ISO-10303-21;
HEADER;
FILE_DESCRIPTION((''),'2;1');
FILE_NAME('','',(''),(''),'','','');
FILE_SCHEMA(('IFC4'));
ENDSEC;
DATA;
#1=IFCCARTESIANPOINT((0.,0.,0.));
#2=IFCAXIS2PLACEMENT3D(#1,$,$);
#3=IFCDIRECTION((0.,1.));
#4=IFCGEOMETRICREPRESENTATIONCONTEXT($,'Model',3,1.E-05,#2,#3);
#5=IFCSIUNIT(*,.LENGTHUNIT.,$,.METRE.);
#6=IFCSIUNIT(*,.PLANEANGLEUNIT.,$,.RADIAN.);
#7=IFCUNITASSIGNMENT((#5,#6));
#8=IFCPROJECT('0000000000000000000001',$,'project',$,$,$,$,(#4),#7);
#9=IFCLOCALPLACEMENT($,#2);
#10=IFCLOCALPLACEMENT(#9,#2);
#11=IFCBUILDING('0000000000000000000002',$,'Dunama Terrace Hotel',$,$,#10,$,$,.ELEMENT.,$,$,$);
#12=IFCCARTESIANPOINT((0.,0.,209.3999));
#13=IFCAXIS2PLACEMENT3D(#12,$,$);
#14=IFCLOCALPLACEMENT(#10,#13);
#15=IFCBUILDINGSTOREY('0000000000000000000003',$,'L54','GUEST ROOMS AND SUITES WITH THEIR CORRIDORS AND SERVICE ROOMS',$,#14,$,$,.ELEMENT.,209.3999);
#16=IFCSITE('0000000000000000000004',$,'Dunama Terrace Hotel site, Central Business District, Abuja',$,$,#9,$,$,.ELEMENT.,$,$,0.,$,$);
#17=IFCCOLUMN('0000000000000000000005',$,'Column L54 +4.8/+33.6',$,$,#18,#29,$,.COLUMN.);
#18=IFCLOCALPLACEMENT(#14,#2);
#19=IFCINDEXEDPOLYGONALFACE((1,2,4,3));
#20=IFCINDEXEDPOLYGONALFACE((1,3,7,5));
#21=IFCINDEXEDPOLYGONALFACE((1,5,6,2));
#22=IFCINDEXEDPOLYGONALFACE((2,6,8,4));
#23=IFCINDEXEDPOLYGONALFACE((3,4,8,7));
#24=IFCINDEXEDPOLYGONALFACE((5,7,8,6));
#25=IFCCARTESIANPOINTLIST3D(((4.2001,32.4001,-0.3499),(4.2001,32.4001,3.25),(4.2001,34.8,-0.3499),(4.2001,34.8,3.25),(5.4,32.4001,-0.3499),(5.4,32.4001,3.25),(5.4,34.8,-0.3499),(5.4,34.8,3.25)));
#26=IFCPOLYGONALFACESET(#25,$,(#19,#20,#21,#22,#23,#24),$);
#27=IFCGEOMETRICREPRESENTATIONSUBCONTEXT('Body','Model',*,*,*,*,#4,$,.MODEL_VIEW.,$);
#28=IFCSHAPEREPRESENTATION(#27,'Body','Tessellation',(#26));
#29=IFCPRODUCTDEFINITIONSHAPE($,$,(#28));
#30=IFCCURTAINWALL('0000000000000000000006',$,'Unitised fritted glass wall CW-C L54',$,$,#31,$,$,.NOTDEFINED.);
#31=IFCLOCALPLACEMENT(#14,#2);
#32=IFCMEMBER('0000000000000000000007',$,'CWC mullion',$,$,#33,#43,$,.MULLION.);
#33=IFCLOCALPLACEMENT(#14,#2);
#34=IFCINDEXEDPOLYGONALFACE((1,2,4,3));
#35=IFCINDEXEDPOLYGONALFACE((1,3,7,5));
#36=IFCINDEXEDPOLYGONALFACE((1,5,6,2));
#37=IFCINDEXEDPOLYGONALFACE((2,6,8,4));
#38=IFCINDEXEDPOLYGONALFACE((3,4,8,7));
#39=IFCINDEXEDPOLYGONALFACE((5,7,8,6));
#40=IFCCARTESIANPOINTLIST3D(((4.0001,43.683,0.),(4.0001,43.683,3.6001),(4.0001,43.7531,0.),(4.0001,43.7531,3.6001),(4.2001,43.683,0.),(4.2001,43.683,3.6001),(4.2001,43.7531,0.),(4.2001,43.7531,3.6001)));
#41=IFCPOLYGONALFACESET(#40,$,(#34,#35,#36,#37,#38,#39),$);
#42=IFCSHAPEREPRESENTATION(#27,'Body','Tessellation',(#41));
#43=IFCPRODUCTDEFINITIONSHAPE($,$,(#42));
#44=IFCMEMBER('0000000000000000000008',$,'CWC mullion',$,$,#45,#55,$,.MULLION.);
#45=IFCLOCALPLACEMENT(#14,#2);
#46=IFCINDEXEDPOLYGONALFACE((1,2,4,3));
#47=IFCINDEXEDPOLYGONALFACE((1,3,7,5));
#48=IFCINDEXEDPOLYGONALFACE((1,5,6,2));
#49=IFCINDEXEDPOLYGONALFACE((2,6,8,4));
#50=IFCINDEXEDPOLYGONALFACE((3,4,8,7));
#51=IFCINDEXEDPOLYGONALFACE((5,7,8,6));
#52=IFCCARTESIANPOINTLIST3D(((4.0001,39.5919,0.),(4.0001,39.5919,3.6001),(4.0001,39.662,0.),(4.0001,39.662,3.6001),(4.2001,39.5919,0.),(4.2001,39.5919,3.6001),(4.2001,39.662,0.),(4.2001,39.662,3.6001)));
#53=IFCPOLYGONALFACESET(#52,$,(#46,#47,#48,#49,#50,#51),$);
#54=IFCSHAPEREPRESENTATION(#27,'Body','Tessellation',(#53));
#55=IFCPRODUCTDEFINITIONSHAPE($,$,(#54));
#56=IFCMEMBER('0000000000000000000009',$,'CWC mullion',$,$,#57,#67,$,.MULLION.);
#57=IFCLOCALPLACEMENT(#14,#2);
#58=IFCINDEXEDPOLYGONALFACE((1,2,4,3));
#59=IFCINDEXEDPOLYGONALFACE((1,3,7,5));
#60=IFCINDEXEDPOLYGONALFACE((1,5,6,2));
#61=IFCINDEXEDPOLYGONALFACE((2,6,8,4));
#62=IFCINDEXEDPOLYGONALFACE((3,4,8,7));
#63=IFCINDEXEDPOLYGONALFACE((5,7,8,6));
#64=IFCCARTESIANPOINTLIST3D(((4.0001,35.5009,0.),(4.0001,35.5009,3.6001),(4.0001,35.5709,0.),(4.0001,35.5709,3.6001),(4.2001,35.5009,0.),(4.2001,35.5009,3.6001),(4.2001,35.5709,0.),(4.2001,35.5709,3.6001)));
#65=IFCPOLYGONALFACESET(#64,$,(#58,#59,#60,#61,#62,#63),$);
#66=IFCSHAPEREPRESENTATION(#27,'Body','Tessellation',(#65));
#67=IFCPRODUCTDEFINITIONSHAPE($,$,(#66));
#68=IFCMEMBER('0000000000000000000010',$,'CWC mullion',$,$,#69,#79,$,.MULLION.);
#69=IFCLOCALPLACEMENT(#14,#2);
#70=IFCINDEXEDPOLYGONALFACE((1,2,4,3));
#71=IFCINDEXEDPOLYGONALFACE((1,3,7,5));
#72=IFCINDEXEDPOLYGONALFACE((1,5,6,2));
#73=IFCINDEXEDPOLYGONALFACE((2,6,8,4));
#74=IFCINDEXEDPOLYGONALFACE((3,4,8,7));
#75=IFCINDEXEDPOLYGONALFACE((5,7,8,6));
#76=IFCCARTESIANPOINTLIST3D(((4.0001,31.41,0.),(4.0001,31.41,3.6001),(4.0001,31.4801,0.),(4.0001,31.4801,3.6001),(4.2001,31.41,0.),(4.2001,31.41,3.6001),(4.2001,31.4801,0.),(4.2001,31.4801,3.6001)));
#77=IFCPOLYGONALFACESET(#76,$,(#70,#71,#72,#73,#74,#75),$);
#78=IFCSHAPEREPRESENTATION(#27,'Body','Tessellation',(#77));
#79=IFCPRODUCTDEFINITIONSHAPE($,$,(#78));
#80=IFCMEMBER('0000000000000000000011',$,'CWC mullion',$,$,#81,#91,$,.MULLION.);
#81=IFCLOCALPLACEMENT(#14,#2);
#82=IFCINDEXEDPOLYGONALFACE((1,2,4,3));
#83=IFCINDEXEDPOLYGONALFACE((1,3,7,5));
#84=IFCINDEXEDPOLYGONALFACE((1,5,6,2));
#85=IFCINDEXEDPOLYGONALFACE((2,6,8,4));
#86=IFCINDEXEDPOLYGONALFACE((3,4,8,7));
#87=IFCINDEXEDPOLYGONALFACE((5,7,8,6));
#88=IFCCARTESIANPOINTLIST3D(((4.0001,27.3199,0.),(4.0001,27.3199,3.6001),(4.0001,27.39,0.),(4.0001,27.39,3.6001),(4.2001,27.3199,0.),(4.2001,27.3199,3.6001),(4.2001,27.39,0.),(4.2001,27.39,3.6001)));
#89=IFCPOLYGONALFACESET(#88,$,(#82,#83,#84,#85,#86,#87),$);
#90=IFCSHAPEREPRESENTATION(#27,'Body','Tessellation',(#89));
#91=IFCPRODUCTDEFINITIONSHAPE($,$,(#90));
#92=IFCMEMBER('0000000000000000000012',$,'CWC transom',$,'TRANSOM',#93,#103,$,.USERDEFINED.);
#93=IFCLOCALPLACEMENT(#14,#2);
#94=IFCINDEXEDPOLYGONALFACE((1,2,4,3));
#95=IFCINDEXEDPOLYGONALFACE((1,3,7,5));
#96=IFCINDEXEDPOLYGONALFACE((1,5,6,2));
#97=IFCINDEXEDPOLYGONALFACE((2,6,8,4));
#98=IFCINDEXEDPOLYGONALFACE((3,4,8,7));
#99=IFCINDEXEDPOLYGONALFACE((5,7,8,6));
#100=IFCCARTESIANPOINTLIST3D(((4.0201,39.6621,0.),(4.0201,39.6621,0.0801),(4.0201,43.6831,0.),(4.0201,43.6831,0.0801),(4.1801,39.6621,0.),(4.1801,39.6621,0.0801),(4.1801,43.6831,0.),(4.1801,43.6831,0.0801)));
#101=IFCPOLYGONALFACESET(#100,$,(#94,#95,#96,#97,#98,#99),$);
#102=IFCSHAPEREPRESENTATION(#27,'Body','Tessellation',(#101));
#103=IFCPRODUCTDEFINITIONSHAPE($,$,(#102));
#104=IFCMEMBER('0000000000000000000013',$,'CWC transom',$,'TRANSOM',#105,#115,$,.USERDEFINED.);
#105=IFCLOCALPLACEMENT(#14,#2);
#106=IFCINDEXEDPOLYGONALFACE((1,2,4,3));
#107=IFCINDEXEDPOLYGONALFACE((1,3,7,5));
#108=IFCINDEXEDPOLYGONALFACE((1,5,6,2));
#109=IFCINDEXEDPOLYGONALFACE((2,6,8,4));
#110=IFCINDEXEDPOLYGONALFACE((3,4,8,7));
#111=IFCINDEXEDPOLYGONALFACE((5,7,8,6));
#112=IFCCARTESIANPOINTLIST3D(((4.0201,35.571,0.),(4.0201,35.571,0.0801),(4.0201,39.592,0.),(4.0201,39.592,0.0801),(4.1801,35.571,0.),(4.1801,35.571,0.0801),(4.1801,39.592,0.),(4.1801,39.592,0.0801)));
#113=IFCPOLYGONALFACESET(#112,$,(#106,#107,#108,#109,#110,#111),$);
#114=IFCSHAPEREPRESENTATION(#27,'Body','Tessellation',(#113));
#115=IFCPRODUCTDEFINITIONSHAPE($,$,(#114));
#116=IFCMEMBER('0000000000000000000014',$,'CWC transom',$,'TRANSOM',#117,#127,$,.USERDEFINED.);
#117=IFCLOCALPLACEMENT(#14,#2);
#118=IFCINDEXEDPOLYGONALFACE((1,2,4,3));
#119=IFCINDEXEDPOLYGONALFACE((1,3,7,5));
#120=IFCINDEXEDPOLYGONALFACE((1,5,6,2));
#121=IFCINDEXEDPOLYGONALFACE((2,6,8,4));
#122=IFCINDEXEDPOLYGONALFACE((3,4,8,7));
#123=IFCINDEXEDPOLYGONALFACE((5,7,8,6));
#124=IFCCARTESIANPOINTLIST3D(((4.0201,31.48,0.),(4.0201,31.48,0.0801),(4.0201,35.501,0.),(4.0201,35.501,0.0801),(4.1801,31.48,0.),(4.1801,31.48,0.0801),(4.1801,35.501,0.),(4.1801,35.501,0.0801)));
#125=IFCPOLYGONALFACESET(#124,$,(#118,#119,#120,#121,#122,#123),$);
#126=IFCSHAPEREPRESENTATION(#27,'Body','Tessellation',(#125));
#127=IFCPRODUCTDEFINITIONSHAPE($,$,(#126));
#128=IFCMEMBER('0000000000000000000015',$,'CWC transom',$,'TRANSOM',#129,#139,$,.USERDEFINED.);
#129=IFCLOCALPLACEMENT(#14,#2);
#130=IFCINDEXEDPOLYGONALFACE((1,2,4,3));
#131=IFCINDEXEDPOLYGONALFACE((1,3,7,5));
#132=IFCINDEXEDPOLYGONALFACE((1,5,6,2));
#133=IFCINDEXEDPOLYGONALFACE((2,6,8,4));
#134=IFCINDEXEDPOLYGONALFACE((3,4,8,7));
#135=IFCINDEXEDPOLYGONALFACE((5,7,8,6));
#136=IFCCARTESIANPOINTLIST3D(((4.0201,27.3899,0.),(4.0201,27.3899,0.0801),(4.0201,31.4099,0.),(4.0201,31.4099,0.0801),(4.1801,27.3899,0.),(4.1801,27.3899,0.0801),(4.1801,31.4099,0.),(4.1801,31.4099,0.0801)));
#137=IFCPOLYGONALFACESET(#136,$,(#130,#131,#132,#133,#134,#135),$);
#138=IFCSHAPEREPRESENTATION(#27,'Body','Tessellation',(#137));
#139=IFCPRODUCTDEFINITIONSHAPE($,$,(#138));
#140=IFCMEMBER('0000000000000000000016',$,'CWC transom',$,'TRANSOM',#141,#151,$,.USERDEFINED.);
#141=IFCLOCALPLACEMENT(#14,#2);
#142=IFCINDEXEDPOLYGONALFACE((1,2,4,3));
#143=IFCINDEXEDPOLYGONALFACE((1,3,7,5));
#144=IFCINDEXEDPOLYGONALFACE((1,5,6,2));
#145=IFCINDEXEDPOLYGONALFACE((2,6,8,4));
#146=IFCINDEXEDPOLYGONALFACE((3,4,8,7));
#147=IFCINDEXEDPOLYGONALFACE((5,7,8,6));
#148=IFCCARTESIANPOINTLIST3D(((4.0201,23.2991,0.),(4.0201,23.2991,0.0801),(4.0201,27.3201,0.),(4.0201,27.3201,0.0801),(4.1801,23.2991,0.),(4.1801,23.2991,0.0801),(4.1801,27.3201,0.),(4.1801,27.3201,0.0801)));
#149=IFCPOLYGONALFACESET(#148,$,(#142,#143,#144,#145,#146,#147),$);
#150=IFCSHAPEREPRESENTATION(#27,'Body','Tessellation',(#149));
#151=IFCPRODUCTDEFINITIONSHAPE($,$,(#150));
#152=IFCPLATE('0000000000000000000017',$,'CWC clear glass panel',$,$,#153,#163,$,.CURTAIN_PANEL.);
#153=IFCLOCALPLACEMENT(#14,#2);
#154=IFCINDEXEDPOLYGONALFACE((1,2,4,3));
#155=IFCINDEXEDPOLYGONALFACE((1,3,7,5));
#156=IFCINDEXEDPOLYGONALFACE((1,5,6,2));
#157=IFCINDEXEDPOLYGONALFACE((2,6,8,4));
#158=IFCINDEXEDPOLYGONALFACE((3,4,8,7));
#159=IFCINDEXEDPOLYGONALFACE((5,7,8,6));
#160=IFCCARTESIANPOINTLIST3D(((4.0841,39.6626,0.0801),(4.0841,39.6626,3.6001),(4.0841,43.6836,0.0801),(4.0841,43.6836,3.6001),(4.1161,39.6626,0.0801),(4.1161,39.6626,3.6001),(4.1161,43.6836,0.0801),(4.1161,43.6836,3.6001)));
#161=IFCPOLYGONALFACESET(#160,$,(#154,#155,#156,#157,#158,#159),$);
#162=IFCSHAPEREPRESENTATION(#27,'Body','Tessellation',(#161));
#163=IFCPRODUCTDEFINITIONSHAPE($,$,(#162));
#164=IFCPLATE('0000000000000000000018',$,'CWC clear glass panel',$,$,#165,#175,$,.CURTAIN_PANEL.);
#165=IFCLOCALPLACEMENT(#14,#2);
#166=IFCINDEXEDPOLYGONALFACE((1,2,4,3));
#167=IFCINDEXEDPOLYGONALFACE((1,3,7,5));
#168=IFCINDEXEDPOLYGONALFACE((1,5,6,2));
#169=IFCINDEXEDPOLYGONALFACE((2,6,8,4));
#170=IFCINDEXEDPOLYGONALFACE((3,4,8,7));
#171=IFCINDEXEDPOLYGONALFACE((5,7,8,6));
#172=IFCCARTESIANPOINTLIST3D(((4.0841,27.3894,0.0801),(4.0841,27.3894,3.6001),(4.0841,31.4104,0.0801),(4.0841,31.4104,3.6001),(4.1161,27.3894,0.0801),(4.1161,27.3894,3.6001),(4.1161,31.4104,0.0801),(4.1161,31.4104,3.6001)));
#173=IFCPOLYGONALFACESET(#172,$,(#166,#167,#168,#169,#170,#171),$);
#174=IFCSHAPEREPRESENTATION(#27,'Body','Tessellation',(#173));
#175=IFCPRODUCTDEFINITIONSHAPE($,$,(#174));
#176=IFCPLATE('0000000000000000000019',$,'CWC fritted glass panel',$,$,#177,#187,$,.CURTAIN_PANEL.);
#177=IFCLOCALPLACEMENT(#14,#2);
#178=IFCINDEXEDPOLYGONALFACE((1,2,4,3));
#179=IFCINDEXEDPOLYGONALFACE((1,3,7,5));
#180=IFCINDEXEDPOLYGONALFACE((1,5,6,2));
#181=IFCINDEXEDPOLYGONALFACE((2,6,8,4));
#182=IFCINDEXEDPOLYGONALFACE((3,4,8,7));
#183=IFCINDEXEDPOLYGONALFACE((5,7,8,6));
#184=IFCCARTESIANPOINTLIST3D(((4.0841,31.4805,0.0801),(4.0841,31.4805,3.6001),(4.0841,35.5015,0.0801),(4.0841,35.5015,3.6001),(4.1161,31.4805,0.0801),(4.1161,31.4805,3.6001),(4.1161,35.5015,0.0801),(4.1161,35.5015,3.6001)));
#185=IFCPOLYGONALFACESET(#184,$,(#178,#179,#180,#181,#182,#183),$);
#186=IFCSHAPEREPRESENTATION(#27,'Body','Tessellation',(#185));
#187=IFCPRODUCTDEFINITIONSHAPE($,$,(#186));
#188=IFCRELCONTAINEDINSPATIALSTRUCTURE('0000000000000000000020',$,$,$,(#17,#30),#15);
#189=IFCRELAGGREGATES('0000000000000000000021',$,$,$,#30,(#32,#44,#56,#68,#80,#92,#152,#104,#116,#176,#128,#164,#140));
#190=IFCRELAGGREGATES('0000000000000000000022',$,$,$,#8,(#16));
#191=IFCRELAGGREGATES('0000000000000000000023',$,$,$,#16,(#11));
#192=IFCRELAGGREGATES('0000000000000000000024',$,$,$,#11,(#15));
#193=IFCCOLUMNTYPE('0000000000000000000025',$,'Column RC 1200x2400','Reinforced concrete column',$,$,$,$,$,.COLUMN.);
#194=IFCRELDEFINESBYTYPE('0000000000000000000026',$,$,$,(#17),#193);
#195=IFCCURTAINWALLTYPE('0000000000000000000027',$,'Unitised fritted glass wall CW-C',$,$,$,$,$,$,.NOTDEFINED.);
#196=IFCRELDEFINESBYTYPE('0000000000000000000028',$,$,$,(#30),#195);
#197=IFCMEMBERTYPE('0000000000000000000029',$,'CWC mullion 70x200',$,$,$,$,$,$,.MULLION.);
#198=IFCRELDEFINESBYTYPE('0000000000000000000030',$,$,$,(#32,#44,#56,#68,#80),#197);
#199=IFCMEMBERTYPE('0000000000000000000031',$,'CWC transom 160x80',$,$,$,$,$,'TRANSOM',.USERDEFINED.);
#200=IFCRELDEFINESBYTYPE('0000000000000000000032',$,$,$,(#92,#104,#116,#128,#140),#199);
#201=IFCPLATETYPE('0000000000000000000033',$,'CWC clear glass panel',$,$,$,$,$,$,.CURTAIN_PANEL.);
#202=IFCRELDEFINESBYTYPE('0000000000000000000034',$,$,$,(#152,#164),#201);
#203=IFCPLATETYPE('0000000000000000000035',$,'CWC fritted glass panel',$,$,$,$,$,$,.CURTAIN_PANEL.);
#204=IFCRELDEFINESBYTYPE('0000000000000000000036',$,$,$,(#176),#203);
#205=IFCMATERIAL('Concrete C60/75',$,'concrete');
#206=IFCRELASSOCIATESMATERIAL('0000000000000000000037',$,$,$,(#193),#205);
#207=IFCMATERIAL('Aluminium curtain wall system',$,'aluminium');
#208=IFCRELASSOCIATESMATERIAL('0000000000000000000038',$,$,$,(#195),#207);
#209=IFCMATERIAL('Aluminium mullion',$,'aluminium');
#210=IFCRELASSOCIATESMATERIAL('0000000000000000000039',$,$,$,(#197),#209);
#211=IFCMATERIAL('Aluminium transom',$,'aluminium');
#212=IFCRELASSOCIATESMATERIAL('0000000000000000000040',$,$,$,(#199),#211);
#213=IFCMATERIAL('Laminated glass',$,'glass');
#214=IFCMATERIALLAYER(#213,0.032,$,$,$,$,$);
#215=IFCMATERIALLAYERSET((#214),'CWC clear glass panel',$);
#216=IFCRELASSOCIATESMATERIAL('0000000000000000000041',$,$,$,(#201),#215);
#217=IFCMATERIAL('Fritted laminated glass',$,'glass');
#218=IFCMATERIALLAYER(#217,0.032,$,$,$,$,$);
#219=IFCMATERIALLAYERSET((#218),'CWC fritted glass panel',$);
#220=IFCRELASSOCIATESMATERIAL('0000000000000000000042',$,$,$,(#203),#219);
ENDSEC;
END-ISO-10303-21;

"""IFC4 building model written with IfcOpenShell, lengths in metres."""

from ifc_helpers import new_model, si_unit, direction, frame, origin, origin_2d, place, context, subcontext, project, spatial, rectangle, extrude, material, layer, layer_set, material_profile, profile_set, type_object, element, aggregate, save


model = new_model("IFC4")

# Units and contexts
model_context = context("Model", 3, precision=1e-05, world=origin(), true_north=direction((0.0, 1.0)))
body_context = subcontext(model_context, "Body", "Model", "MODEL_VIEW")
ifc_project = project(units=[si_unit("LENGTHUNIT", "METRE"), si_unit("PLANEANGLEUNIT", "RADIAN")], contexts=[model_context])

# Site, building, storey
site_placement = place(None, origin())
site = spatial("IfcSite", under=ifc_project, at=site_placement, Name="Dunama Terrace Hotel site, Central Business District, Abuja", CompositionType="ELEMENT", RefElevation=0.0)
building_placement = place(site_placement, origin())
building = spatial("IfcBuilding", under=site, at=building_placement, Name="Dunama Terrace Hotel", CompositionType="ELEMENT")
storey_placement = place(building_placement, frame((0.0, 0.0, 209.3999)))
storey = spatial("IfcBuildingStorey", under=building, at=storey_placement, Name="L54", Description="GUEST ROOMS AND SUITES WITH THEIR CORRIDORS AND SERVICE ROOMS", CompositionType="ELEMENT", Elevation=209.3999)

# Column
ifc_material_1 = material(Name="Concrete C60/75", Category="concrete")
ifc_material_profile_1 = material_profile(ifc_material_1, rectangle(XDim=1.2, YDim=2.3999, at=origin_2d()), Name="RC 1200x2400")
ifc_profile_set_1 = profile_set([ifc_material_profile_1], Name="Concrete C60/75")
column_type = type_object("IfcColumnType", Name="Column RC 1200x2400", Description="Reinforced concrete column", PredefinedType="COLUMN", material=ifc_profile_set_1)
column_placement = place(storey_placement, frame((4.8, 33.6001, -0.3499), z_axis=(0.0, 0.0, 1.0), x_axis=(1.0, 0.0, 0.0)))
element("IfcColumn", 1, at=column_placement, inside=storey, type_object=column_type, Name="Column L54 +4.8/+33.6", PredefinedType="COLUMN", context=body_context, shape_type="SweptSolid", body=[
    extrude(rectangle(XDim=1.2, YDim=2.3999, at=origin_2d()), origin(), (0.0, 0.0, 1.0), 3.5999),
])

# Curtain wall, members, plates
ifc_material_2 = material(Name="Aluminium curtain wall system", Category="aluminium")
curtain_wall_type = type_object("IfcCurtainWallType", Name="Unitised fritted glass wall CW-C", PredefinedType="NOTDEFINED", material=ifc_material_2)
curtain_wall_placement = place(storey_placement, origin())
curtain_wall = element("IfcCurtainWall", 2, at=curtain_wall_placement, inside=storey, type_object=curtain_wall_type, Name="Unitised fritted glass wall CW-C L54", PredefinedType="NOTDEFINED")
ifc_material_3 = material(Name="Aluminium mullion", Category="aluminium")
ifc_material_profile_2 = material_profile(ifc_material_3, rectangle(XDim=0.0701, YDim=0.2, at=origin_2d()), Name="CWC MULLION 70X200")
ifc_profile_set_2 = profile_set([ifc_material_profile_2], Name="Aluminium mullion")
member_type_1 = type_object("IfcMemberType", Name="CWC mullion 70x200", PredefinedType="MULLION", material=ifc_profile_set_2)
member_1_placement = place(storey_placement, frame((4.1001, 43.718, 0.0), z_axis=(0.0, 0.0, 1.0), x_axis=(0.0, -1.0, 0.0)))
member_1 = element("IfcMember", 3, at=member_1_placement, type_object=member_type_1, Name="CWC mullion", PredefinedType="MULLION", context=body_context, shape_type="SweptSolid", body=[
    extrude(rectangle(XDim=0.0701, YDim=0.2, at=origin_2d()), origin(), (0.0, 0.0, 1.0), 3.6001),
])
member_2_placement = place(storey_placement, frame((4.1001, 39.627, 0.0), z_axis=(0.0, 0.0, 1.0), x_axis=(0.0, -1.0, 0.0)))
member_2 = element("IfcMember", 4, at=member_2_placement, type_object=member_type_1, Name="CWC mullion", PredefinedType="MULLION", context=body_context, shape_type="SweptSolid", body=[
    extrude(rectangle(XDim=0.0701, YDim=0.2, at=origin_2d()), origin(), (0.0, 0.0, 1.0), 3.6001),
])
member_3_placement = place(storey_placement, frame((4.1001, 35.5359, 0.0), z_axis=(0.0, 0.0, 1.0), x_axis=(0.0, -1.0, 0.0)))
member_3 = element("IfcMember", 5, at=member_3_placement, type_object=member_type_1, Name="CWC mullion", PredefinedType="MULLION", context=body_context, shape_type="SweptSolid", body=[
    extrude(rectangle(XDim=0.0701, YDim=0.2, at=origin_2d()), origin(), (0.0, 0.0, 1.0), 3.6001),
])
member_4_placement = place(storey_placement, frame((4.1001, 31.4451, 0.0), z_axis=(0.0, 0.0, 1.0), x_axis=(0.0, -1.0, 0.0)))
member_4 = element("IfcMember", 6, at=member_4_placement, type_object=member_type_1, Name="CWC mullion", PredefinedType="MULLION", context=body_context, shape_type="SweptSolid", body=[
    extrude(rectangle(XDim=0.0701, YDim=0.2, at=origin_2d()), origin(), (0.0, 0.0, 1.0), 3.6001),
])
member_5_placement = place(storey_placement, frame((4.1001, 27.355, 0.0), z_axis=(0.0, 0.0, 1.0), x_axis=(0.0, -1.0, 0.0)))
member_5 = element("IfcMember", 7, at=member_5_placement, type_object=member_type_1, Name="CWC mullion", PredefinedType="MULLION", context=body_context, shape_type="SweptSolid", body=[
    extrude(rectangle(XDim=0.0701, YDim=0.2, at=origin_2d()), origin(), (0.0, 0.0, 1.0), 3.6001),
])
ifc_material_4 = material(Name="Aluminium transom", Category="aluminium")
ifc_material_profile_3 = material_profile(ifc_material_4, rectangle(XDim=0.1599, YDim=0.0801, at=origin_2d()), Name="CWC TRANSOM 160X80")
ifc_profile_set_3 = profile_set([ifc_material_profile_3], Name="Aluminium transom")
member_type_2 = type_object("IfcMemberType", Name="CWC transom 160x80", ElementType="TRANSOM", PredefinedType="USERDEFINED", material=ifc_profile_set_3)
member_6_placement = place(storey_placement, frame((4.1001, 43.6831, 0.04), z_axis=(0.0, -1.0, 0.0), x_axis=(1.0, 0.0, 0.0)))
member_6 = element("IfcMember", 8, at=member_6_placement, type_object=member_type_2, Name="CWC transom", ObjectType="TRANSOM", PredefinedType="USERDEFINED", context=body_context, shape_type="SweptSolid", body=[
    extrude(rectangle(XDim=0.1599, YDim=0.0801, at=origin_2d()), origin(), (0.0, 0.0, 1.0), 4.021),
])
member_7_placement = place(storey_placement, frame((4.1001, 39.592, 0.04), z_axis=(0.0, -1.0, 0.0), x_axis=(1.0, 0.0, 0.0)))
member_7 = element("IfcMember", 9, at=member_7_placement, type_object=member_type_2, Name="CWC transom", ObjectType="TRANSOM", PredefinedType="USERDEFINED", context=body_context, shape_type="SweptSolid", body=[
    extrude(rectangle(XDim=0.1599, YDim=0.0801, at=origin_2d()), origin(), (0.0, 0.0, 1.0), 4.021),
])
member_8_placement = place(storey_placement, frame((4.1001, 35.501, 0.04), z_axis=(0.0, -1.0, 0.0), x_axis=(1.0, 0.0, 0.0)))
member_8 = element("IfcMember", 10, at=member_8_placement, type_object=member_type_2, Name="CWC transom", ObjectType="TRANSOM", PredefinedType="USERDEFINED", context=body_context, shape_type="SweptSolid", body=[
    extrude(rectangle(XDim=0.1599, YDim=0.0801, at=origin_2d()), origin(), (0.0, 0.0, 1.0), 4.021),
])
member_9_placement = place(storey_placement, frame((4.1001, 31.4099, 0.04), z_axis=(0.0, -1.0, 0.0), x_axis=(1.0, 0.0, 0.0)))
member_9 = element("IfcMember", 11, at=member_9_placement, type_object=member_type_2, Name="CWC transom", ObjectType="TRANSOM", PredefinedType="USERDEFINED", context=body_context, shape_type="SweptSolid", body=[
    extrude(rectangle(XDim=0.1599, YDim=0.0801, at=origin_2d()), origin(), (0.0, 0.0, 1.0), 4.02),
])
member_10_placement = place(storey_placement, frame((4.1001, 27.3201, 0.04), z_axis=(0.0, -1.0, 0.0), x_axis=(1.0, 0.0, 0.0)))
member_10 = element("IfcMember", 12, at=member_10_placement, type_object=member_type_2, Name="CWC transom", ObjectType="TRANSOM", PredefinedType="USERDEFINED", context=body_context, shape_type="SweptSolid", body=[
    extrude(rectangle(XDim=0.1599, YDim=0.0801, at=origin_2d()), origin(), (0.0, 0.0, 1.0), 4.021),
])
ifc_material_5 = material(Name="Laminated glass", Category="glass")
ifc_layer_1 = layer(ifc_material_5, 0.032)
ifc_layer_set_1 = layer_set([ifc_layer_1], Name="CWC clear glass panel")
plate_type_1 = type_object("IfcPlateType", Name="CWC clear glass panel", PredefinedType="CURTAIN_PANEL", material=ifc_layer_set_1)
plate_1_placement = place(storey_placement, frame((4.1001, 41.6731, 0.0801), z_axis=(0.0, 0.0, 1.0), x_axis=(0.0, -1.0, 0.0)))
plate_1 = element("IfcPlate", 13, at=plate_1_placement, type_object=plate_type_1, Name="CWC clear glass panel", PredefinedType="CURTAIN_PANEL", context=body_context, shape_type="SweptSolid", body=[
    extrude(rectangle(XDim=4.021, YDim=0.032, at=origin_2d()), origin(), (0.0, 0.0, 1.0), 3.52),
])
plate_2_placement = place(storey_placement, frame((4.1001, 29.3999, 0.0801), z_axis=(0.0, 0.0, 1.0), x_axis=(0.0, -1.0, 0.0)))
plate_2 = element("IfcPlate", 14, at=plate_2_placement, type_object=plate_type_1, Name="CWC clear glass panel", PredefinedType="CURTAIN_PANEL", context=body_context, shape_type="SweptSolid", body=[
    extrude(rectangle(XDim=4.021, YDim=0.032, at=origin_2d()), origin(), (0.0, 0.0, 1.0), 3.52),
])
ifc_material_6 = material(Name="Fritted laminated glass", Category="glass")
ifc_layer_2 = layer(ifc_material_6, 0.032)
ifc_layer_set_2 = layer_set([ifc_layer_2], Name="CWC fritted glass panel")
plate_type_2 = type_object("IfcPlateType", Name="CWC fritted glass panel", PredefinedType="CURTAIN_PANEL", material=ifc_layer_set_2)
plate_3_placement = place(storey_placement, frame((4.1001, 33.491, 0.0801), z_axis=(0.0, 0.0, 1.0), x_axis=(0.0, -1.0, 0.0)))
plate_3 = element("IfcPlate", 15, at=plate_3_placement, type_object=plate_type_2, Name="CWC fritted glass panel", PredefinedType="CURTAIN_PANEL", context=body_context, shape_type="SweptSolid", body=[
    extrude(rectangle(XDim=4.021, YDim=0.032, at=origin_2d()), origin(), (0.0, 0.0, 1.0), 3.52),
])
aggregate(curtain_wall, [member_1, member_2, member_3, member_4, member_5, member_6, plate_1, member_7, member_8, plate_3, member_9, plate_2, member_10])

save(model, "model.ifc")
